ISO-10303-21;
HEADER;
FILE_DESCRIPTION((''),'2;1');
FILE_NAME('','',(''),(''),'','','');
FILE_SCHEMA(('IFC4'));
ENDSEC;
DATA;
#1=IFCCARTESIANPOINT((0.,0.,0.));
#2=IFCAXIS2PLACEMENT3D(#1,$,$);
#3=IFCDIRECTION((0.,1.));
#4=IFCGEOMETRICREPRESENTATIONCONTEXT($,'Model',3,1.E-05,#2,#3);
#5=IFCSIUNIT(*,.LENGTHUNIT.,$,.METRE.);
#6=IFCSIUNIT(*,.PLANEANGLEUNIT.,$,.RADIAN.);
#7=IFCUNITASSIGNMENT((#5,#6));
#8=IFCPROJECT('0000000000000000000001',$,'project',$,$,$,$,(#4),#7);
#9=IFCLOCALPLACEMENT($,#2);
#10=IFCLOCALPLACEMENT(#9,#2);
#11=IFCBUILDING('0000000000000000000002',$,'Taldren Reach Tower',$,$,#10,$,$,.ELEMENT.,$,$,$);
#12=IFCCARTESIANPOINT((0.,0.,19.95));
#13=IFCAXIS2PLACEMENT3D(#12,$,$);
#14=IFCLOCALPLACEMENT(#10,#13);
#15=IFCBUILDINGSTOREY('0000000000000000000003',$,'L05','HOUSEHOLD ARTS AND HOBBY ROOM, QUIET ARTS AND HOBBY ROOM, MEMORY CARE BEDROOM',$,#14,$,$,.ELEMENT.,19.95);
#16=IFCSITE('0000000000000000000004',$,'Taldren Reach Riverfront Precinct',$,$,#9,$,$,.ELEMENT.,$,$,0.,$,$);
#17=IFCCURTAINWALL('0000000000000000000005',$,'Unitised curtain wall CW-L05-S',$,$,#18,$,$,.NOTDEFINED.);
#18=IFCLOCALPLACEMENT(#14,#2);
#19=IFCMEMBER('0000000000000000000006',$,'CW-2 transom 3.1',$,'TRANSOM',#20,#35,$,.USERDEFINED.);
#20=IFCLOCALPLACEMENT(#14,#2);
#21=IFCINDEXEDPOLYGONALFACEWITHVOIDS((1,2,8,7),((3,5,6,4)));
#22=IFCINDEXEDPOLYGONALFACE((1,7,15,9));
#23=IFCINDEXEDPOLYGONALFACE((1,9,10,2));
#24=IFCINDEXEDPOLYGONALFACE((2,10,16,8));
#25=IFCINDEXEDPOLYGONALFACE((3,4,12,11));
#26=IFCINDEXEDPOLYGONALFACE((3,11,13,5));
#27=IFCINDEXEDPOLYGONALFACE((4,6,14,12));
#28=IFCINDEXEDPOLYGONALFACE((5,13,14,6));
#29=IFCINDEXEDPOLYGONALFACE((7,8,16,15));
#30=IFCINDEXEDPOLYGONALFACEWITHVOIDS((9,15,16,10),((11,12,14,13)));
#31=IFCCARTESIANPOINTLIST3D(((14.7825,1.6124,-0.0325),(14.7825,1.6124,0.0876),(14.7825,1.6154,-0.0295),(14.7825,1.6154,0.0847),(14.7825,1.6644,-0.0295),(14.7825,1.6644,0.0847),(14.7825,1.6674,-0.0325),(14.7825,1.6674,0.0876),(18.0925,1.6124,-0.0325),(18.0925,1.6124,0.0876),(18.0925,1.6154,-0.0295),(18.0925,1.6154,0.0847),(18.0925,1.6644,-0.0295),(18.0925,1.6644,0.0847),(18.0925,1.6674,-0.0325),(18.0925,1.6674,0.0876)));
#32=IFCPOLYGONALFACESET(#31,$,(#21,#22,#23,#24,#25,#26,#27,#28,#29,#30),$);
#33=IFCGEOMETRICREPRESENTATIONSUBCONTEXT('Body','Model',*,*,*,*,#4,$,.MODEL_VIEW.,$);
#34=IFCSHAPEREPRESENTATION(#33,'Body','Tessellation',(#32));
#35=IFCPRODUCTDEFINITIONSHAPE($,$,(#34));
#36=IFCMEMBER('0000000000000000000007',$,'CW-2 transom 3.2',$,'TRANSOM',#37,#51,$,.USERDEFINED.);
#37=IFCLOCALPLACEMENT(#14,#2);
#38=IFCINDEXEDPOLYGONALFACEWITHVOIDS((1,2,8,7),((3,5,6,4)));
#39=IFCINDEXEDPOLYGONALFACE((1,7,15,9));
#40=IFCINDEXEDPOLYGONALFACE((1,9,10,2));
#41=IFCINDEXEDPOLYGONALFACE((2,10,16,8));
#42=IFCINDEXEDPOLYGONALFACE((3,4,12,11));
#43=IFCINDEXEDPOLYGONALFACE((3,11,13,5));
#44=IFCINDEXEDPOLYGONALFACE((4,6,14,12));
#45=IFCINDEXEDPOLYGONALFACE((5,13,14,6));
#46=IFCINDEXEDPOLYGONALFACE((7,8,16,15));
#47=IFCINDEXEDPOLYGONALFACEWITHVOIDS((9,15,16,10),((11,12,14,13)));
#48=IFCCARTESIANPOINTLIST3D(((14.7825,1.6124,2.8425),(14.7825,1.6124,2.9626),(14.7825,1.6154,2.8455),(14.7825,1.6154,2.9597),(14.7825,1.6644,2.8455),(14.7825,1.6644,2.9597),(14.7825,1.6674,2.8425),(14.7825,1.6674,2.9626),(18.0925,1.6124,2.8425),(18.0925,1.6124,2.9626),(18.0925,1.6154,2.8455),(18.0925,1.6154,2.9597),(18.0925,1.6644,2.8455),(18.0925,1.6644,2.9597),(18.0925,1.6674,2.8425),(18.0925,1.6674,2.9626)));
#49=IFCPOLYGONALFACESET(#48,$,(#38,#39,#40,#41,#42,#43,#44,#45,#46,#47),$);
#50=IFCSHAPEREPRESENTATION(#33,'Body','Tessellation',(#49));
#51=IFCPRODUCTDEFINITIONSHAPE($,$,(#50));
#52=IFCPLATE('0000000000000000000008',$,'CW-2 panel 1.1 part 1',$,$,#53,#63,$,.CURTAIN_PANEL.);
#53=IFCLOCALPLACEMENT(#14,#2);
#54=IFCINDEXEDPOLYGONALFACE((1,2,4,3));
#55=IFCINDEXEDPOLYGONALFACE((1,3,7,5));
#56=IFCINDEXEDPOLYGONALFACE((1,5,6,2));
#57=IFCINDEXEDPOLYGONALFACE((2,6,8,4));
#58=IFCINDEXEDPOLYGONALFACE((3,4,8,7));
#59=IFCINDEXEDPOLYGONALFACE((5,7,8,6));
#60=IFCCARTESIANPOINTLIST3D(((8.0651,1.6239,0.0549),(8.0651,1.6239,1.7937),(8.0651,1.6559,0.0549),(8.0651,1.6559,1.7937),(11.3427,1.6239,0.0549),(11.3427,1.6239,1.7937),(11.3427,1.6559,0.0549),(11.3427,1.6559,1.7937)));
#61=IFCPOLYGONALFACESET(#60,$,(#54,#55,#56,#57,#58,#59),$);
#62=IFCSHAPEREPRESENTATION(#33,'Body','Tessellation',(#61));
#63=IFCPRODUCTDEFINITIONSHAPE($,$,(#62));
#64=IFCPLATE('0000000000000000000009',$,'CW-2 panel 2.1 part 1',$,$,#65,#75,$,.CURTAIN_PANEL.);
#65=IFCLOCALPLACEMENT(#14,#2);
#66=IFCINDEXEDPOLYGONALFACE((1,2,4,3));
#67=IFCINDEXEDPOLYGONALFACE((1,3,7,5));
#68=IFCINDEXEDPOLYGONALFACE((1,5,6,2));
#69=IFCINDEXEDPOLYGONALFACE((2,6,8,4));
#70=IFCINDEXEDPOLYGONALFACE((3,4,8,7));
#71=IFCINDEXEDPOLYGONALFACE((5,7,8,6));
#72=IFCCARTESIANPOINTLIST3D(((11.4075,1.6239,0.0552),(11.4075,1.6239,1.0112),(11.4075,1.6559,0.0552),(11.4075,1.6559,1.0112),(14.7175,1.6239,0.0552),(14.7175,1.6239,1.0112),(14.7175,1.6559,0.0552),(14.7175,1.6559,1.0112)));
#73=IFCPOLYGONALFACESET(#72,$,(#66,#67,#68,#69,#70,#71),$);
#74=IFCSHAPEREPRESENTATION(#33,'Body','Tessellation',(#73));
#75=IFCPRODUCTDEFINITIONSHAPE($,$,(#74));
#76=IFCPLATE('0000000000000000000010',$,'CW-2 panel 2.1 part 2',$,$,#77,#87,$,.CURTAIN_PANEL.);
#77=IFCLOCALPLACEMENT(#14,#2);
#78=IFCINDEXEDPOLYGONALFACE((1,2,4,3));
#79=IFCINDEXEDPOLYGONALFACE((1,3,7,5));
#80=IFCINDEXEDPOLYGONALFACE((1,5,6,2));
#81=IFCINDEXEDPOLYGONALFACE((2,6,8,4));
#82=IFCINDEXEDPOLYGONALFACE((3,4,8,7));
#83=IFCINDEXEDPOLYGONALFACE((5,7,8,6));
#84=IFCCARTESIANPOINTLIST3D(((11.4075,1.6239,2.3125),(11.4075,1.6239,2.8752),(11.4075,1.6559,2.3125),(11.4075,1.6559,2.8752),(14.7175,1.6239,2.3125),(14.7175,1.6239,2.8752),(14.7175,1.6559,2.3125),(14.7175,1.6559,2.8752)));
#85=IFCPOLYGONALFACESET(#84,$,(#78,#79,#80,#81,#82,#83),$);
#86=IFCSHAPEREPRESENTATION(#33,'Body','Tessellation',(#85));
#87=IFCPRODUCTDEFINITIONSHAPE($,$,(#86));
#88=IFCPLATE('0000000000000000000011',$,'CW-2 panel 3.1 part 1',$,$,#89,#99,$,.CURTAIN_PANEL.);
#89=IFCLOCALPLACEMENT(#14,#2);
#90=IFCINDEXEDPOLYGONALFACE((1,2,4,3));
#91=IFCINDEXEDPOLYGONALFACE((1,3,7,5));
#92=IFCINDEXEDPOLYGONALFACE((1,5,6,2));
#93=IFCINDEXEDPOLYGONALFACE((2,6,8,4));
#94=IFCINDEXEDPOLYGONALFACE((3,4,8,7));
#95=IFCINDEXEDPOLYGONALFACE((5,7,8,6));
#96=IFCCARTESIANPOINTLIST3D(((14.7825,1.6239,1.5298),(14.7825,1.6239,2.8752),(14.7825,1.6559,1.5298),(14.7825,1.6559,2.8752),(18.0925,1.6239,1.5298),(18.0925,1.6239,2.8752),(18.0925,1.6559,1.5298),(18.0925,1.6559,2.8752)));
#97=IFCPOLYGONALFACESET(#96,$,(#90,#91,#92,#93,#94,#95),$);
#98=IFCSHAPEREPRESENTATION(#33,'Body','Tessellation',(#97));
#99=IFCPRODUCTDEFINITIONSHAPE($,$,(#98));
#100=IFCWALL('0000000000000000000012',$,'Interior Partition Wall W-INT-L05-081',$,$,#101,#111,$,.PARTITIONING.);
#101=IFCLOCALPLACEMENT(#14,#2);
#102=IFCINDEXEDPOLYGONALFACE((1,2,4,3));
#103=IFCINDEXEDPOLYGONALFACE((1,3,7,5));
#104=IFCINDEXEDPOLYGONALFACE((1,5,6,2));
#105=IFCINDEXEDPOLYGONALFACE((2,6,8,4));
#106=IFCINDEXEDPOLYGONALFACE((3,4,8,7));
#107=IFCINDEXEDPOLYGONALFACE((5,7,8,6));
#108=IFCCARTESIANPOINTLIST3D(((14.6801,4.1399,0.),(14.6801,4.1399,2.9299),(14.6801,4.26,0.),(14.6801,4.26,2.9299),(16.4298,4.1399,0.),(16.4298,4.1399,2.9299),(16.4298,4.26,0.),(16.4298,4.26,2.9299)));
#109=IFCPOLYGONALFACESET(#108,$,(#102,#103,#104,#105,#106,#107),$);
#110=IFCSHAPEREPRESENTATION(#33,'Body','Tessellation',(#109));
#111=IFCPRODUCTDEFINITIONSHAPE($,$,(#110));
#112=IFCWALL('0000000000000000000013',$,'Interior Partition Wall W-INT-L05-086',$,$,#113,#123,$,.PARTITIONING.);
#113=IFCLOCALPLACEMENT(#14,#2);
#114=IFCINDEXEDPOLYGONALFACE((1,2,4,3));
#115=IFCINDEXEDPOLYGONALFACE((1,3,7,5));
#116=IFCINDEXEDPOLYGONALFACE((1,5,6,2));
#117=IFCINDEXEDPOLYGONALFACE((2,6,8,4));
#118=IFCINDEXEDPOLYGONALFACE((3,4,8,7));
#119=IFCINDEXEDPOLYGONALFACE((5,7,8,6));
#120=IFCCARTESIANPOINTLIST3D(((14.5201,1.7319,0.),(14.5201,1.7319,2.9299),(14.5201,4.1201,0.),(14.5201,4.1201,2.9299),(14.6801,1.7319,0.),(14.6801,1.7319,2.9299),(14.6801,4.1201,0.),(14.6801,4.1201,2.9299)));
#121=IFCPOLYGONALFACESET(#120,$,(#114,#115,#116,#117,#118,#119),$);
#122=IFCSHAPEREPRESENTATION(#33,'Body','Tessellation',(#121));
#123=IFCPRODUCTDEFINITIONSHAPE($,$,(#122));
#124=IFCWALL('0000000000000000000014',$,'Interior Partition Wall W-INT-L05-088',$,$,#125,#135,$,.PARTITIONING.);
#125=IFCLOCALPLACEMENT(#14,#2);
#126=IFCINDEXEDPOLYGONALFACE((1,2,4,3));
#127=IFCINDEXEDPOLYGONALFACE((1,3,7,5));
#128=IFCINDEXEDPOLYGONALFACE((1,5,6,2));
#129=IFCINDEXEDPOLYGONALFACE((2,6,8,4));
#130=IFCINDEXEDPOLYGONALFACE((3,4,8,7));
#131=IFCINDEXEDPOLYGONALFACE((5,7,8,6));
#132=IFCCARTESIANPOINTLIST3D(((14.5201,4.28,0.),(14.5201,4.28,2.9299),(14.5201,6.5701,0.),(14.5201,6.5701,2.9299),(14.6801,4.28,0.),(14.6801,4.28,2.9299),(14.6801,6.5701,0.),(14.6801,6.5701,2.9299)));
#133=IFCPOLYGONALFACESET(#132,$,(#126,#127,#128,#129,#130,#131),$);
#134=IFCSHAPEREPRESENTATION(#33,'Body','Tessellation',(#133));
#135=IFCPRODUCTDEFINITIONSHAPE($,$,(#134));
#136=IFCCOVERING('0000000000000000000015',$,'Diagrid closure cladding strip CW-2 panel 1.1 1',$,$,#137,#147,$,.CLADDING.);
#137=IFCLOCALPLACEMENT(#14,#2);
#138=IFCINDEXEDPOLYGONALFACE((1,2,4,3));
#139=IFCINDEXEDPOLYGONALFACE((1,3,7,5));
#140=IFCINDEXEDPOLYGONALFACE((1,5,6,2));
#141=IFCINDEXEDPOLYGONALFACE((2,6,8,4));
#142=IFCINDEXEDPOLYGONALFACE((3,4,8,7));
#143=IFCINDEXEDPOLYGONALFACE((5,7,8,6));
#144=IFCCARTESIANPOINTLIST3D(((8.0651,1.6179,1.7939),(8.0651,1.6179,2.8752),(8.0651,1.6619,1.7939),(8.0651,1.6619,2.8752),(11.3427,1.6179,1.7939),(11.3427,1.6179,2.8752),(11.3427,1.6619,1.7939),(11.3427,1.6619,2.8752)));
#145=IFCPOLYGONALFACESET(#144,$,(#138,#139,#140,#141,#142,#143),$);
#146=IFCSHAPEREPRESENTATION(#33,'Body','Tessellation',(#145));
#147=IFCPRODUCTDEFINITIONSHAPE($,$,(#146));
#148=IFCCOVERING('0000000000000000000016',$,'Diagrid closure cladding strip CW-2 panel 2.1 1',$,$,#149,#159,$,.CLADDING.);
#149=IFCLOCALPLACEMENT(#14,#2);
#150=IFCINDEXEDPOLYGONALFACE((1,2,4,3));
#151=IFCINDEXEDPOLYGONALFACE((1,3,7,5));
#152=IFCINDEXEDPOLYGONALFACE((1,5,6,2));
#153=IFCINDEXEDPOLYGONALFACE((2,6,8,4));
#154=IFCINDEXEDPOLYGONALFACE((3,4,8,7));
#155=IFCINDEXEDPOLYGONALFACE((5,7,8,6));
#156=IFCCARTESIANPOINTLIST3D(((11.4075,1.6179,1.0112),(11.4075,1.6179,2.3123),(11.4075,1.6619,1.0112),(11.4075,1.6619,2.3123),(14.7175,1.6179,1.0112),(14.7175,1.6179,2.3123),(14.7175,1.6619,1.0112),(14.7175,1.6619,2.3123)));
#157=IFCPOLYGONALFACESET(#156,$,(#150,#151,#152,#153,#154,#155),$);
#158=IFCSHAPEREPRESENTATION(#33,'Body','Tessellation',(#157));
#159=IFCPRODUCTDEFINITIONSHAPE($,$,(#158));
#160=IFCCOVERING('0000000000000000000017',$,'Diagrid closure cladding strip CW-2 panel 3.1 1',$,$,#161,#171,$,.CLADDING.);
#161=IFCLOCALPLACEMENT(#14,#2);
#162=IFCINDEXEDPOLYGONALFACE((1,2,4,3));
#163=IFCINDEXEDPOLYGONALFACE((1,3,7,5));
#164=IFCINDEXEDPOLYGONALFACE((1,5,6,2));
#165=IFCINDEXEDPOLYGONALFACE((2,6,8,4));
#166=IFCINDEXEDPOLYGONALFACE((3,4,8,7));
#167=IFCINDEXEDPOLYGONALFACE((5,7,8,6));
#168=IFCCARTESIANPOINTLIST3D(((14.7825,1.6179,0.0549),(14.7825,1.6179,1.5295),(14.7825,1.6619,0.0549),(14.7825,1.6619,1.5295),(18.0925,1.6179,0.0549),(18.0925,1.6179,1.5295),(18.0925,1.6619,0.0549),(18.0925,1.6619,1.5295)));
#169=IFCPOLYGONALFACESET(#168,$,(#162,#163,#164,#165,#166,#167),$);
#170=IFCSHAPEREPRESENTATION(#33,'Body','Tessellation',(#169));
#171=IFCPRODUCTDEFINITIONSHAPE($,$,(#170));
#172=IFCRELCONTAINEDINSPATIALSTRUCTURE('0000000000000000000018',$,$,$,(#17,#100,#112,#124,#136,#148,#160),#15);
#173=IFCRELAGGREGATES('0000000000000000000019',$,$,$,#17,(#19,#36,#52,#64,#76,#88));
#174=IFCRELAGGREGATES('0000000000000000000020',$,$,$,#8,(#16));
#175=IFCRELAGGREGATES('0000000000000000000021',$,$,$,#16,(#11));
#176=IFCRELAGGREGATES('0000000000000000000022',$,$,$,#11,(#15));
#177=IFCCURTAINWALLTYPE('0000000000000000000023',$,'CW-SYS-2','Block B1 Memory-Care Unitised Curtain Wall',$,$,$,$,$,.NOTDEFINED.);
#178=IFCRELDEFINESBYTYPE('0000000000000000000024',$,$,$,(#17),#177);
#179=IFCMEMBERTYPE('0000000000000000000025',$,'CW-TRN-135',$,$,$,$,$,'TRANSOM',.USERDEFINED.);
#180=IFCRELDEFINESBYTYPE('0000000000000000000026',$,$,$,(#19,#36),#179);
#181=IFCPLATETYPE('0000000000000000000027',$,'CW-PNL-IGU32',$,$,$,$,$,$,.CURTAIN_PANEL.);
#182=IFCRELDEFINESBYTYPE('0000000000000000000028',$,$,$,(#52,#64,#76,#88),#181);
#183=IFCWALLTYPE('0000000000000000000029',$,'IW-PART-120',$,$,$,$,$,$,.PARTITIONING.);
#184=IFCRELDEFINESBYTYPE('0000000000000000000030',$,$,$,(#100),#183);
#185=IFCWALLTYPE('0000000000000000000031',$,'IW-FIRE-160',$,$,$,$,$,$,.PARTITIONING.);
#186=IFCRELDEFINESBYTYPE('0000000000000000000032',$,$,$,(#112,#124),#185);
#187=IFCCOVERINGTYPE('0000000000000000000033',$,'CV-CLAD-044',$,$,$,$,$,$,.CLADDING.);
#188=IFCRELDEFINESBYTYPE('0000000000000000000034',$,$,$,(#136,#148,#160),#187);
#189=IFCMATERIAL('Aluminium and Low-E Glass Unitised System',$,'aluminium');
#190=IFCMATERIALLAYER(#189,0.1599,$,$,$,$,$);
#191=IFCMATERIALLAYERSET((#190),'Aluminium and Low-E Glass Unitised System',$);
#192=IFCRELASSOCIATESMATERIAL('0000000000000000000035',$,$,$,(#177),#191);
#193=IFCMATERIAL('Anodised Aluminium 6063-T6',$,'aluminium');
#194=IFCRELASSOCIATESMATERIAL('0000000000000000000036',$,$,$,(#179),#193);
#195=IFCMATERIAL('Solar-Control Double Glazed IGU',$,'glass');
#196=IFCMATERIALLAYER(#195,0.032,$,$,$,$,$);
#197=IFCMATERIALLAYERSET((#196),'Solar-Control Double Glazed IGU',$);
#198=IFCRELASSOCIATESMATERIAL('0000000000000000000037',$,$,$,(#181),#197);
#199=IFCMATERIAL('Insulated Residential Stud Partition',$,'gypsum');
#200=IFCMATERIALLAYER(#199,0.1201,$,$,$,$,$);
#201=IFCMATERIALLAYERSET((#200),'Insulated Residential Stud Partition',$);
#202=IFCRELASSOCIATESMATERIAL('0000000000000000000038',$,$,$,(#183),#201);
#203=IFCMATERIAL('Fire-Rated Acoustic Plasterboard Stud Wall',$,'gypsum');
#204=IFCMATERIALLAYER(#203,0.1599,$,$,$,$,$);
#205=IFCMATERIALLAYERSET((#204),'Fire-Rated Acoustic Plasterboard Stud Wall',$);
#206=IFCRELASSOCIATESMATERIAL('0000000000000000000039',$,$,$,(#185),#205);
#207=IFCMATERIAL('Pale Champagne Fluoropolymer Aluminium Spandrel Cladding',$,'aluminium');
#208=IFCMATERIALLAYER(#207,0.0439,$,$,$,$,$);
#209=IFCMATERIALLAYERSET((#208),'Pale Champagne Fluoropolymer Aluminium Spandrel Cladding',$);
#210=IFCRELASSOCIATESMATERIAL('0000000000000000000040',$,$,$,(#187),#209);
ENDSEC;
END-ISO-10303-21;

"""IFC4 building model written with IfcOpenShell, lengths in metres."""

from ifc_helpers import new_model, si_unit, direction, frame, frame_2d, origin, origin_2d, place, context, subcontext, project, spatial, rectangle, hollow_rectangle, extrude, source, transform, mapped, material, layer, layer_set, material_profile, profile_set, type_object, element, aggregate, save


model = new_model("IFC4")

# Units and contexts
model_context = context("Model", 3, precision=1e-05, world=origin(), true_north=direction((0.0, 1.0)))
body_context = subcontext(model_context, "Body", "Model", "MODEL_VIEW")
ifc_project = project(units=[si_unit("LENGTHUNIT", "METRE"), si_unit("PLANEANGLEUNIT", "RADIAN")], contexts=[model_context])

# Site, building, storey
site_placement = place(None, origin())
site = spatial("IfcSite", under=ifc_project, at=site_placement, Name="Taldren Reach Riverfront Precinct", CompositionType="ELEMENT", RefElevation=0.0)
building_placement = place(site_placement, origin())
building = spatial("IfcBuilding", under=site, at=building_placement, Name="Taldren Reach Tower", CompositionType="ELEMENT")
storey_placement = place(building_placement, frame((0.0, 0.0, 19.95)))
storey = spatial("IfcBuildingStorey", under=building, at=storey_placement, Name="L05", Description="HOUSEHOLD ARTS AND HOBBY ROOM, QUIET ARTS AND HOBBY ROOM, MEMORY CARE BEDROOM", CompositionType="ELEMENT", Elevation=19.95)

# Curtain wall, members, plates
ifc_material_1 = material(Name="Aluminium and Low-E Glass Unitised System", Category="aluminium")
ifc_layer_1 = layer(ifc_material_1, 0.1599)
ifc_layer_set_1 = layer_set([ifc_layer_1], Name="Aluminium and Low-E Glass Unitised System")
curtain_wall_type = type_object("IfcCurtainWallType", Name="CW-SYS-2", Description="Block B1 Memory-Care Unitised Curtain Wall", PredefinedType="NOTDEFINED", material=ifc_layer_set_1)
curtain_wall_placement = place(storey_placement, origin())
curtain_wall = element("IfcCurtainWall", 1, at=curtain_wall_placement, inside=storey, type_object=curtain_wall_type, Name="Unitised curtain wall CW-L05-S", PredefinedType="NOTDEFINED")
ifc_material_2 = material(Name="Anodised Aluminium 6063-T6", Category="aluminium")
ifc_material_profile_1 = material_profile(ifc_material_2, hollow_rectangle(XDim=0.0549, YDim=0.1201, WallThickness=0.0029, at=origin_2d()), Name="ALU-120x55x3RHS")
ifc_profile_set_1 = profile_set([ifc_material_profile_1], Name="Anodised Aluminium 6063-T6")
member_type_1 = type_object("IfcMemberType", Name="CW-TRN-135", ElementType="TRANSOM", PredefinedType="USERDEFINED", material=ifc_profile_set_1)
shared_shape_1 = source(origin(), body_context, "Body", "SweptSolid", [
    extrude(hollow_rectangle(XDim=0.0549, YDim=0.1201, WallThickness=0.0029, at=origin_2d()), origin(), (0.0, 0.0, 1.0), 3.3101),
])
member_1_placement = place(storey_placement, frame((14.7825, 1.6399, 0.0276), z_axis=(1.0, 0.0, 0.0), x_axis=(0.0, 1.0, 0.0)))
member_1 = element("IfcMember", 2, at=member_1_placement, type_object=member_type_1, Name="CW-2 transom 3.1", ObjectType="TRANSOM", PredefinedType="USERDEFINED", context=body_context, shape_type="MappedRepresentation", body=[
    mapped(shared_shape_1, transform((0.0, 0.0, 0.0), scale=1.0)),
])
member_2_placement = place(storey_placement, frame((14.7825, 1.6399, 2.9026), z_axis=(1.0, 0.0, 0.0), x_axis=(0.0, 1.0, 0.0)))
member_2 = element("IfcMember", 3, at=member_2_placement, type_object=member_type_1, Name="CW-2 transom 3.2", ObjectType="TRANSOM", PredefinedType="USERDEFINED", context=body_context, shape_type="MappedRepresentation", body=[
    mapped(shared_shape_1, transform((0.0, 0.0, 0.0), scale=1.0)),
])
ifc_material_3 = material(Name="Solar-Control Double Glazed IGU", Category="glass")
ifc_layer_2 = layer(ifc_material_3, 0.032)
ifc_layer_set_2 = layer_set([ifc_layer_2], Name="Solar-Control Double Glazed IGU")
plate_type = type_object("IfcPlateType", Name="CW-PNL-IGU32", PredefinedType="CURTAIN_PANEL", material=ifc_layer_set_2)
shared_shape_2 = source(origin(), body_context, "Body", "SweptSolid", [
    extrude(rectangle(XDim=3.2776, YDim=0.032, at=origin_2d()), origin(), (0.0, 0.0, 1.0), 1.7388),
])
plate_1_placement = place(storey_placement, frame((9.7039, 1.6399, 0.0549), z_axis=(0.0, 0.0, 1.0), x_axis=(1.0, 0.0, 0.0)))
plate_1 = element("IfcPlate", 4, at=plate_1_placement, type_object=plate_type, Name="CW-2 panel 1.1 part 1", PredefinedType="CURTAIN_PANEL", context=body_context, shape_type="MappedRepresentation", body=[
    mapped(shared_shape_2, transform((0.0, 0.0, 0.0), scale=1.0)),
])
shared_shape_3 = source(origin(), body_context, "Body", "SweptSolid", [
    extrude(rectangle(XDim=3.3101, YDim=0.032, at=origin_2d()), origin(), (0.0, 0.0, 1.0), 0.9561),
])
plate_2_placement = place(storey_placement, frame((13.0625, 1.6399, 0.0552), z_axis=(0.0, 0.0, 1.0), x_axis=(1.0, 0.0, 0.0)))
plate_2 = element("IfcPlate", 5, at=plate_2_placement, type_object=plate_type, Name="CW-2 panel 2.1 part 1", PredefinedType="CURTAIN_PANEL", context=body_context, shape_type="MappedRepresentation", body=[
    mapped(shared_shape_3, transform((0.0, 0.0, 0.0), scale=1.0)),
])
shared_shape_4 = source(origin(), body_context, "Body", "SweptSolid", [
    extrude(rectangle(XDim=3.3101, YDim=0.032, at=origin_2d()), origin(), (0.0, 0.0, 1.0), 0.5627),
])
plate_3_placement = place(storey_placement, frame((13.0625, 1.6399, 2.3125), z_axis=(0.0, 0.0, 1.0), x_axis=(1.0, 0.0, 0.0)))
plate_3 = element("IfcPlate", 6, at=plate_3_placement, type_object=plate_type, Name="CW-2 panel 2.1 part 2", PredefinedType="CURTAIN_PANEL", context=body_context, shape_type="MappedRepresentation", body=[
    mapped(shared_shape_4, transform((0.0, 0.0, 0.0), scale=1.0)),
])
shared_shape_5 = source(origin(), body_context, "Body", "SweptSolid", [
    extrude(rectangle(XDim=3.3101, YDim=0.032, at=origin_2d()), origin(), (0.0, 0.0, 1.0), 1.3455),
])
plate_4_placement = place(storey_placement, frame((16.4375, 1.6399, 1.5298), z_axis=(0.0, 0.0, 1.0), x_axis=(1.0, 0.0, 0.0)))
plate_4 = element("IfcPlate", 7, at=plate_4_placement, type_object=plate_type, Name="CW-2 panel 3.1 part 1", PredefinedType="CURTAIN_PANEL", context=body_context, shape_type="MappedRepresentation", body=[
    mapped(shared_shape_5, transform((0.0, 0.0, 0.0), scale=1.0)),
])
aggregate(curtain_wall, [member_1, member_2, plate_1, plate_2, plate_3, plate_4])

# Walls
ifc_material_4 = material(Name="Insulated Residential Stud Partition", Category="gypsum")
ifc_layer_3 = layer(ifc_material_4, 0.1201)
ifc_layer_set_3 = layer_set([ifc_layer_3], Name="Insulated Residential Stud Partition")
wall_type_1 = type_object("IfcWallType", Name="IW-PART-120", PredefinedType="PARTITIONING", material=ifc_layer_set_3)
shared_shape_6 = source(origin(), body_context, "Body", "SweptSolid", [
    extrude(rectangle(XDim=1.7498, YDim=0.1201, at=frame_2d((0.875, 0.0))), origin(), (0.0, 0.0, 1.0), 2.9299),
])
wall_1_placement = place(storey_placement, frame((14.6799, 4.2, 0.0), z_axis=(0.0, 0.0, 1.0), x_axis=(1.0, 0.0, 0.0)))
element("IfcWall", 8, at=wall_1_placement, inside=storey, type_object=wall_type_1, Name="Interior Partition Wall W-INT-L05-081", PredefinedType="PARTITIONING", context=body_context, shape_type="MappedRepresentation", body=[
    mapped(shared_shape_6, transform((0.0, 0.0, 0.0), scale=1.0)),
])
ifc_material_5 = material(Name="Fire-Rated Acoustic Plasterboard Stud Wall", Category="gypsum")
ifc_layer_4 = layer(ifc_material_5, 0.1599)
ifc_layer_set_4 = layer_set([ifc_layer_4], Name="Fire-Rated Acoustic Plasterboard Stud Wall")
wall_type_2 = type_object("IfcWallType", Name="IW-FIRE-160", PredefinedType="PARTITIONING", material=ifc_layer_set_4)
shared_shape_7 = source(origin(), body_context, "Body", "SweptSolid", [
    extrude(rectangle(XDim=2.3882, YDim=0.1599, at=frame_2d((1.1941, 0.0))), origin(), (0.0, 0.0, 1.0), 2.9299),
])
wall_2_placement = place(storey_placement, frame((14.6001, 1.7319, 0.0), z_axis=(0.0, 0.0, 1.0), x_axis=(0.0, 1.0, 0.0)))
element("IfcWall", 9, at=wall_2_placement, inside=storey, type_object=wall_type_2, Name="Interior Partition Wall W-INT-L05-086", PredefinedType="PARTITIONING", context=body_context, shape_type="MappedRepresentation", body=[
    mapped(shared_shape_7, transform((0.0, 0.0, 0.0), scale=1.0)),
])
shared_shape_8 = source(origin(), body_context, "Body", "SweptSolid", [
    extrude(rectangle(XDim=2.29, YDim=0.1599, at=frame_2d((1.145, 0.0))), origin(), (0.0, 0.0, 1.0), 2.9299),
])
wall_3_placement = place(storey_placement, frame((14.6001, 4.28, 0.0), z_axis=(0.0, 0.0, 1.0), x_axis=(0.0, 1.0, 0.0)))
element("IfcWall", 10, at=wall_3_placement, inside=storey, type_object=wall_type_2, Name="Interior Partition Wall W-INT-L05-088", PredefinedType="PARTITIONING", context=body_context, shape_type="MappedRepresentation", body=[
    mapped(shared_shape_8, transform((0.0, 0.0, 0.0), scale=1.0)),
])

# Coverings
ifc_material_6 = material(Name="Pale Champagne Fluoropolymer Aluminium Spandrel Cladding", Category="aluminium")
ifc_layer_5 = layer(ifc_material_6, 0.0439)
ifc_layer_set_5 = layer_set([ifc_layer_5], Name="Pale Champagne Fluoropolymer Aluminium Spandrel Cladding")
covering_type = type_object("IfcCoveringType", Name="CV-CLAD-044", PredefinedType="CLADDING", material=ifc_layer_set_5)
shared_shape_9 = source(origin(), body_context, "Body", "SweptSolid", [
    extrude(rectangle(XDim=3.2776, YDim=0.0439, at=origin_2d()), origin(), (0.0, 0.0, 1.0), 1.0813),
])
covering_1_placement = place(storey_placement, frame((9.7039, 1.6399, 1.7939), z_axis=(0.0, 0.0, 1.0), x_axis=(1.0, 0.0, 0.0)))
element("IfcCovering", 11, at=covering_1_placement, inside=storey, type_object=covering_type, Name="Diagrid closure cladding strip CW-2 panel 1.1 1", PredefinedType="CLADDING", context=body_context, shape_type="MappedRepresentation", body=[
    mapped(shared_shape_9, transform((0.0, 0.0, 0.0), scale=1.0)),
])
shared_shape_10 = source(origin(), body_context, "Body", "SweptSolid", [
    extrude(rectangle(XDim=3.3101, YDim=0.0439, at=origin_2d()), origin(), (0.0, 0.0, 1.0), 1.301),
])
covering_2_placement = place(storey_placement, frame((13.0625, 1.6399, 1.0112), z_axis=(0.0, 0.0, 1.0), x_axis=(1.0, 0.0, 0.0)))
element("IfcCovering", 12, at=covering_2_placement, inside=storey, type_object=covering_type, Name="Diagrid closure cladding strip CW-2 panel 2.1 1", PredefinedType="CLADDING", context=body_context, shape_type="MappedRepresentation", body=[
    mapped(shared_shape_10, transform((0.0, 0.0, 0.0), scale=1.0)),
])
shared_shape_11 = source(origin(), body_context, "Body", "SweptSolid", [
    extrude(rectangle(XDim=3.3101, YDim=0.0439, at=origin_2d()), origin(), (0.0, 0.0, 1.0), 1.4746),
])
covering_3_placement = place(storey_placement, frame((16.4375, 1.6399, 0.0549), z_axis=(0.0, 0.0, 1.0), x_axis=(1.0, 0.0, 0.0)))
element("IfcCovering", 13, at=covering_3_placement, inside=storey, type_object=covering_type, Name="Diagrid closure cladding strip CW-2 panel 3.1 1", PredefinedType="CLADDING", context=body_context, shape_type="MappedRepresentation", body=[
    mapped(shared_shape_11, transform((0.0, 0.0, 0.0), scale=1.0)),
])

save(model, "model.ifc")
